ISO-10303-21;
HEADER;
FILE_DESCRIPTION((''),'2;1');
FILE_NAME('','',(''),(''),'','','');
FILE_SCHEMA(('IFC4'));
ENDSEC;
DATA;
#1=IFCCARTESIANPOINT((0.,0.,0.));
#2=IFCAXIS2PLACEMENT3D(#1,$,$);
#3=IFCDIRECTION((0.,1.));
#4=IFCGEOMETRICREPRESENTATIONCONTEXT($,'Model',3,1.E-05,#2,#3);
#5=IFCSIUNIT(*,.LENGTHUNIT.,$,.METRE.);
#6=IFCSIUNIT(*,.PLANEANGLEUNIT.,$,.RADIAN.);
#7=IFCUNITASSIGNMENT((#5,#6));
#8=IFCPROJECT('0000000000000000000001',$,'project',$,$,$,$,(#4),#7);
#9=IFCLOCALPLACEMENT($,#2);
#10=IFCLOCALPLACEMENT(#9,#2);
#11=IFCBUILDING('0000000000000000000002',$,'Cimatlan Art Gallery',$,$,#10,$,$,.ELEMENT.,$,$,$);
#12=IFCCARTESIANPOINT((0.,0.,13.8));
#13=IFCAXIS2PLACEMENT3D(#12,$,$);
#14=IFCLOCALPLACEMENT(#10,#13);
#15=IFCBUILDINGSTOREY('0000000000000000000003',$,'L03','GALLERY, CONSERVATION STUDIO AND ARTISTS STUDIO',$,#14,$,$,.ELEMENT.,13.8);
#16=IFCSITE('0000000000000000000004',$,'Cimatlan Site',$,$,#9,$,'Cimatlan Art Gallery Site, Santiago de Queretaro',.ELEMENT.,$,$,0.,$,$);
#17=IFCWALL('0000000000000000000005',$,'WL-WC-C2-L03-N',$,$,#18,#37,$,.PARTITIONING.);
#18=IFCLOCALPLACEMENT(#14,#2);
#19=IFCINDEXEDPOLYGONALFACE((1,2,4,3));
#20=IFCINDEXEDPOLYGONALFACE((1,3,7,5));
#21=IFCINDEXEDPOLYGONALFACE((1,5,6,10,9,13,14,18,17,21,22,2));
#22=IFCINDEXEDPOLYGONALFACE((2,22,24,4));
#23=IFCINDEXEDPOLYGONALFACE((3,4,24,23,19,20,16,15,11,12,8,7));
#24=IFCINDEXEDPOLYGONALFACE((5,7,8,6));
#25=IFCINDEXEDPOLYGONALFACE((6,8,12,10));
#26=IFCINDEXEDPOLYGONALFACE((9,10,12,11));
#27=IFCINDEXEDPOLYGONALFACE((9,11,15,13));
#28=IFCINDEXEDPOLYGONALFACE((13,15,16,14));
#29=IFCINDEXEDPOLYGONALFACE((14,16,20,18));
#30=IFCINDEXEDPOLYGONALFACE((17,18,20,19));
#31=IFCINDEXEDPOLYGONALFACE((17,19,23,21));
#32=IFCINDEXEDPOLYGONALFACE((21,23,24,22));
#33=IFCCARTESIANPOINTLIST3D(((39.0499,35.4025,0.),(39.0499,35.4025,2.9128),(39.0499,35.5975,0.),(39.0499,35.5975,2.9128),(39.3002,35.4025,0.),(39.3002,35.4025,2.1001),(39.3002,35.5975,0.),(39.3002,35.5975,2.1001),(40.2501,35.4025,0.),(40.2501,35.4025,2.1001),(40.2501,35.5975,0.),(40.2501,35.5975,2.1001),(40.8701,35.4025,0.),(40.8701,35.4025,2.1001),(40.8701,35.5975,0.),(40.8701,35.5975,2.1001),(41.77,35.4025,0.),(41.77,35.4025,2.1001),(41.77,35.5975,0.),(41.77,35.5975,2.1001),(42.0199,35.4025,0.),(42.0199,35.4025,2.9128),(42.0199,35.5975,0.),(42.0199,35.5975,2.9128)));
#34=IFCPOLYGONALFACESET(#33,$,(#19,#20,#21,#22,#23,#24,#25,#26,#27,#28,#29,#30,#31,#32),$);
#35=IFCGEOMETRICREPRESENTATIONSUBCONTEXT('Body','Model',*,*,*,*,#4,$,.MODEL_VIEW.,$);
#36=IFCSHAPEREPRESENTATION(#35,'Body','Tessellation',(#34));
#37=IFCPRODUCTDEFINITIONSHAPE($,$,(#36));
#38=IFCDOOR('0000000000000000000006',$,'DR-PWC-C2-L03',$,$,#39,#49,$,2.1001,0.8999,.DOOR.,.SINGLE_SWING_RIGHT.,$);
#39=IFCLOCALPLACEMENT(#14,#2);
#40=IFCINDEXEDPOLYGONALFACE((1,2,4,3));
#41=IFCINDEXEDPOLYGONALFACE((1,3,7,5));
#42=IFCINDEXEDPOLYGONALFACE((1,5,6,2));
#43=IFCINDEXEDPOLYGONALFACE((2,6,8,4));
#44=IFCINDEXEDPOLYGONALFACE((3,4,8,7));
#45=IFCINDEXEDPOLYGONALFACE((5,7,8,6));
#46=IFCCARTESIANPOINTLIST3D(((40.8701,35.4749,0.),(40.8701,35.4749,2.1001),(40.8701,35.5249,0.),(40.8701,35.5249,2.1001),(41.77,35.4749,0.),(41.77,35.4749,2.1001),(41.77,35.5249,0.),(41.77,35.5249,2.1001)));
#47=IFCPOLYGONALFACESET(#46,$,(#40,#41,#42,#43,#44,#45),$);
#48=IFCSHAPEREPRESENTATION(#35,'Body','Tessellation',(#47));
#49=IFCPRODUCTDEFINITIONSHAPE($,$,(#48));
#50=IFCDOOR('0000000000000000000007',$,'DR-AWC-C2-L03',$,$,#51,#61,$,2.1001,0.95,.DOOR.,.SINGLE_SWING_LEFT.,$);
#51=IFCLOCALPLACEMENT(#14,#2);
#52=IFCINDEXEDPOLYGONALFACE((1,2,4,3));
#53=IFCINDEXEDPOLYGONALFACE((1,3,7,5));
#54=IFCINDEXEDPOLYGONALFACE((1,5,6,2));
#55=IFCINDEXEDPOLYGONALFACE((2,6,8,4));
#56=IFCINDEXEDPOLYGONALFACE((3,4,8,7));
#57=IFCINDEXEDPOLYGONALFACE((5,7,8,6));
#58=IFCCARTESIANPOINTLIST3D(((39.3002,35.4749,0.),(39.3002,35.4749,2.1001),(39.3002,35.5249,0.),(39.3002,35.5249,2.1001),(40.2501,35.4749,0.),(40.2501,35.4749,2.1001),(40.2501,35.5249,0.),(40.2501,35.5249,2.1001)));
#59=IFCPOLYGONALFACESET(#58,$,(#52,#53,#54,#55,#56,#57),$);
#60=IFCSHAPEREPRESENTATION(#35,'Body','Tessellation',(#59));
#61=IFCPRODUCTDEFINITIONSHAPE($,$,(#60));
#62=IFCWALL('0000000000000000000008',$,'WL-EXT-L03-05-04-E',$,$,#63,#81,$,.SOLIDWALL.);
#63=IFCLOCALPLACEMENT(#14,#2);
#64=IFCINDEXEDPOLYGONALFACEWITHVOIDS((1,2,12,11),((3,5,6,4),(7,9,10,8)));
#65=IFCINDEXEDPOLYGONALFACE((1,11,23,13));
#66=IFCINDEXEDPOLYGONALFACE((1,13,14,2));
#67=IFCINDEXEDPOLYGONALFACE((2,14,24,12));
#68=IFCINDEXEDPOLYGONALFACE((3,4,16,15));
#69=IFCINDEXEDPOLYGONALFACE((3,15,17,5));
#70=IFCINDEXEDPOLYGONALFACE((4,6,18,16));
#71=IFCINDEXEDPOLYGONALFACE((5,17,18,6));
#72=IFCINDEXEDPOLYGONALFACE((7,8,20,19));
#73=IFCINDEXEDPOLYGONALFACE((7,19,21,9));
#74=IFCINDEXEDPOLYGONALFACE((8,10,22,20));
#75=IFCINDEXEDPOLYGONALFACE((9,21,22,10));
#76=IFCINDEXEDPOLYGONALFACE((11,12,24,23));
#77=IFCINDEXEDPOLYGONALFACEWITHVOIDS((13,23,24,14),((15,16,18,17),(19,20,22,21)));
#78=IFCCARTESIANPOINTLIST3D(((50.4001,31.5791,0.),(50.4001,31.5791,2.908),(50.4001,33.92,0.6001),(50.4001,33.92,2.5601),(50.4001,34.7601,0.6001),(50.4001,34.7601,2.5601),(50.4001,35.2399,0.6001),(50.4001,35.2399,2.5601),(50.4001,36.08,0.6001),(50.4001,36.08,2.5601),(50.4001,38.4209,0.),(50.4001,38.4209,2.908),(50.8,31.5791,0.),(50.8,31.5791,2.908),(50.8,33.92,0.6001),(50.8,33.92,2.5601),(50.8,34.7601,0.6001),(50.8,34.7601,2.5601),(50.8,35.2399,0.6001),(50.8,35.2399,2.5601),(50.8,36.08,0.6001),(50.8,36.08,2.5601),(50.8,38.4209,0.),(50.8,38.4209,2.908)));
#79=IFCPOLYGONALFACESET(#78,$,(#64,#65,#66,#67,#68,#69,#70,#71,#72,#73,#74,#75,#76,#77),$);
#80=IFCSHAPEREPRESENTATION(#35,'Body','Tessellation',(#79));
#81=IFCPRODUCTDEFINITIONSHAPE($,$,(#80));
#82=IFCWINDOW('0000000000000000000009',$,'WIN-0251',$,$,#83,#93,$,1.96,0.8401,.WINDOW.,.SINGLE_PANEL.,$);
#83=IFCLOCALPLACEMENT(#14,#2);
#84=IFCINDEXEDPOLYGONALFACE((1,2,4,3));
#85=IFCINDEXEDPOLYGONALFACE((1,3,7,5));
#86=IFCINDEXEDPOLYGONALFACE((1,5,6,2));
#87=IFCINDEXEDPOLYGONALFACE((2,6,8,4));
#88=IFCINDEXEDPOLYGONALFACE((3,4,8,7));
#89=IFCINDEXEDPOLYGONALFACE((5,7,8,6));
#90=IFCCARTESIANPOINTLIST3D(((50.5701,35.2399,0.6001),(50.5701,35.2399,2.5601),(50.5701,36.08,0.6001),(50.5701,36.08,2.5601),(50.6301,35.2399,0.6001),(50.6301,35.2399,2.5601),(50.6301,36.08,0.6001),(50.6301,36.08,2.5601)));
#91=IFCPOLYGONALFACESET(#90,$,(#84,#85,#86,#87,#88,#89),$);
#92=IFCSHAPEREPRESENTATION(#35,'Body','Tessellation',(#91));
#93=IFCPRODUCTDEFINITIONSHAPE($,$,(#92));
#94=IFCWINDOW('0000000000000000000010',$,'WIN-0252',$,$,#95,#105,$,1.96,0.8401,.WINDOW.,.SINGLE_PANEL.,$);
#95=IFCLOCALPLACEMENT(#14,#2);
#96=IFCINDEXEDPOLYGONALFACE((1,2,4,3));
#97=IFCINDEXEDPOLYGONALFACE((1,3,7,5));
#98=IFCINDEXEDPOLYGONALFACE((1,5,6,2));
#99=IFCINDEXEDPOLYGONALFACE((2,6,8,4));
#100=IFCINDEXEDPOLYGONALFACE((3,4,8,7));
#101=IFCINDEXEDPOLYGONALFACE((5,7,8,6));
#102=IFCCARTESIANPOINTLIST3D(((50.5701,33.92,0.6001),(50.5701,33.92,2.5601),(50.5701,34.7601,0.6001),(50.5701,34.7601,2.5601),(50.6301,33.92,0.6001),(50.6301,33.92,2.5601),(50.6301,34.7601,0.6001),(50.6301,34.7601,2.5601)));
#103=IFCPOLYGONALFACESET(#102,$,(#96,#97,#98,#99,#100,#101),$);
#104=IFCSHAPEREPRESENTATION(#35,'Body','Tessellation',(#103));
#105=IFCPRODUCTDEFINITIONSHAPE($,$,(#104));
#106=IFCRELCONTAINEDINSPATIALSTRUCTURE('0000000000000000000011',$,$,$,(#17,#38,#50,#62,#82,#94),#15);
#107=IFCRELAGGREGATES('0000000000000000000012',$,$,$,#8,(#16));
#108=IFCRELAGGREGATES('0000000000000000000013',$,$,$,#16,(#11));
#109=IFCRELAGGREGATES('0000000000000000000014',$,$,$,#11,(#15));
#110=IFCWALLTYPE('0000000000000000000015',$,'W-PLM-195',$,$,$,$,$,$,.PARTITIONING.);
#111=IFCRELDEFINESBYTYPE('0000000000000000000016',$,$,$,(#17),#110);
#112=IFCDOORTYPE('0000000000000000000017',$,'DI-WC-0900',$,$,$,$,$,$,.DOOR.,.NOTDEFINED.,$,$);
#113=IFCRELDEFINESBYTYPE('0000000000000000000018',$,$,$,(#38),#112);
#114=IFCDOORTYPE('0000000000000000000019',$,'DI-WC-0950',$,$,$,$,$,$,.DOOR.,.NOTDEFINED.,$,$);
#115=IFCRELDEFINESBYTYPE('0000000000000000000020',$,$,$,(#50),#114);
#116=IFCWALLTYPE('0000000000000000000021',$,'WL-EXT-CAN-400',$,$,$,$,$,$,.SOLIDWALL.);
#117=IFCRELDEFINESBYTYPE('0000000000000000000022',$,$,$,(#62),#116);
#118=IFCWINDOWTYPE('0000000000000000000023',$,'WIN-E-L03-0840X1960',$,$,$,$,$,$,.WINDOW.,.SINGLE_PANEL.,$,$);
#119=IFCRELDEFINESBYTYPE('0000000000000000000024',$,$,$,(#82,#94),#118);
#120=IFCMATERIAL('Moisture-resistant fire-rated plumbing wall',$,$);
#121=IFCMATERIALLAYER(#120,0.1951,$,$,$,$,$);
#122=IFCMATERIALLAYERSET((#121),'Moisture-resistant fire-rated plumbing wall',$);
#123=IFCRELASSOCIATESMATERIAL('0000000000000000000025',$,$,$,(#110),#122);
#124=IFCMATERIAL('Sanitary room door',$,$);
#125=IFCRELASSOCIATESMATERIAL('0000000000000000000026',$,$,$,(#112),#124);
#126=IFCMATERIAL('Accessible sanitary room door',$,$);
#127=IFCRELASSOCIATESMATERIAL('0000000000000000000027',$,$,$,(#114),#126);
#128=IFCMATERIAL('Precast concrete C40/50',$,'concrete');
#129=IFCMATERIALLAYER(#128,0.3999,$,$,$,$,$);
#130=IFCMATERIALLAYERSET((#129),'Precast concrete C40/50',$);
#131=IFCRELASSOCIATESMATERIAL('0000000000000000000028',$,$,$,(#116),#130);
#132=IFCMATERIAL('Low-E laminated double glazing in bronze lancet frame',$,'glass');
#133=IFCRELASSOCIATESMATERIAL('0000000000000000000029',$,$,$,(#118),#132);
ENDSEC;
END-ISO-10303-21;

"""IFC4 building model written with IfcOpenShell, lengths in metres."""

from ifc_helpers import new_model, si_unit, direction, frame, frame_2d, origin, place, context, subcontext, project, spatial, rectangle, extrude, material, layer, layer_set, type_object, element, fill, save


model = new_model("IFC4")

# Units and contexts
model_context = context("Model", 3, precision=1e-05, world=origin(), true_north=direction((0.0, 1.0)))
body_context = subcontext(model_context, "Body", "Model", "MODEL_VIEW")
ifc_project = project(units=[si_unit("LENGTHUNIT", "METRE"), si_unit("PLANEANGLEUNIT", "RADIAN")], contexts=[model_context])

# Site, building, storey
site_placement = place(None, origin())
site = spatial("IfcSite", under=ifc_project, at=site_placement, Name="Cimatlan Site", LongName="Cimatlan Art Gallery Site, Santiago de Queretaro", CompositionType="ELEMENT", RefElevation=0.0)
building_placement = place(site_placement, origin())
building = spatial("IfcBuilding", under=site, at=building_placement, Name="Cimatlan Art Gallery", CompositionType="ELEMENT")
storey_placement = place(building_placement, frame((0.0, 0.0, 13.8)))
storey = spatial("IfcBuildingStorey", under=building, at=storey_placement, Name="L03", Description="GALLERY, CONSERVATION STUDIO AND ARTISTS STUDIO", CompositionType="ELEMENT", Elevation=13.8)

# Shared definitions
ifc_material_1 = material(Name="Precast concrete C40/50", Category="concrete")

# Shared definitions
ifc_material_2 = material(Name="Moisture-resistant fire-rated plumbing wall")
ifc_layer_1 = layer(ifc_material_2, 0.1951)
ifc_layer_set_1 = layer_set([ifc_layer_1], Name="Moisture-resistant fire-rated plumbing wall")
wall_type_1 = type_object("IfcWallType", Name="W-PLM-195", PredefinedType="PARTITIONING", material=ifc_layer_set_1)

# Wall, openings, doors
wall_1_placement = place(storey_placement, frame((39.05, 35.5, 0.0), z_axis=(0.0, 0.0, 1.0), x_axis=(1.0, 0.0, 0.0)))
wall_1 = element("IfcWall", 1, at=wall_1_placement, inside=storey, type_object=wall_type_1, Name="WL-WC-C2-L03-N", PredefinedType="PARTITIONING", context=body_context, shape_type="SweptSolid", body=[
    extrude(rectangle(XDim=2.97, YDim=0.1951, at=frame_2d((1.4849, 0.0))), origin(), (0.0, 0.0, 1.0), 2.9128),
])
opening_1_placement = place(wall_1_placement, frame((0.25, 0.0, 0.0)))
opening_1 = element("IfcOpeningElement", 2, at=opening_1_placement, cuts=wall_1, PredefinedType="OPENING", context=body_context, shape_type="SweptSolid", body=[
    extrude(rectangle(XDim=0.95, YDim=2.1001, at=frame_2d((0.4751, 1.05))), frame((0.0, 0.1074, 0.0), z_axis=(0.0, -1.0, 0.0), x_axis=(1.0, 0.0, 0.0)), (0.0, 0.0, 1.0), 0.2151),
])
opening_2_placement = place(wall_1_placement, frame((1.8201, 0.0, 0.0)))
opening_2 = element("IfcOpeningElement", 3, at=opening_2_placement, cuts=wall_1, PredefinedType="OPENING", context=body_context, shape_type="SweptSolid", body=[
    extrude(rectangle(XDim=0.8999, YDim=2.1001, at=frame_2d((0.45, 1.05))), frame((0.0, 0.1074, 0.0), z_axis=(0.0, -1.0, 0.0), x_axis=(1.0, 0.0, 0.0)), (0.0, 0.0, 1.0), 0.2151),
])
ifc_material_3 = material(Name="Sanitary room door")
door_type_1 = type_object("IfcDoorType", Name="DI-WC-0900", OperationType="NOTDEFINED", PredefinedType="DOOR", material=ifc_material_3)
door_1_placement = place(opening_2_placement, origin())
door_1 = element("IfcDoor", 4, at=door_1_placement, inside=storey, type_object=door_type_1, Name="DR-PWC-C2-L03", OperationType="SINGLE_SWING_RIGHT", OverallHeight=2.1001, OverallWidth=0.8999, PredefinedType="DOOR", context=body_context, shape_type="SweptSolid", body=[
    extrude(rectangle(XDim=0.8999, YDim=2.1001, at=frame_2d((0.45, 1.05))), frame((0.0, 0.0249, 0.0), z_axis=(0.0, -1.0, 0.0), x_axis=(1.0, 0.0, 0.0)), (0.0, 0.0, 1.0), 0.05),
])
fill(opening_2, door_1)
ifc_material_4 = material(Name="Accessible sanitary room door")
door_type_2 = type_object("IfcDoorType", Name="DI-WC-0950", OperationType="NOTDEFINED", PredefinedType="DOOR", material=ifc_material_4)
door_2_placement = place(opening_1_placement, origin())
door_2 = element("IfcDoor", 5, at=door_2_placement, inside=storey, type_object=door_type_2, Name="DR-AWC-C2-L03", OperationType="SINGLE_SWING_LEFT", OverallHeight=2.1001, OverallWidth=0.95, PredefinedType="DOOR", context=body_context, shape_type="SweptSolid", body=[
    extrude(rectangle(XDim=0.95, YDim=2.1001, at=frame_2d((0.4751, 1.05))), frame((0.0, 0.0249, 0.0), z_axis=(0.0, -1.0, 0.0), x_axis=(1.0, 0.0, 0.0)), (0.0, 0.0, 1.0), 0.05),
])
fill(opening_1, door_2)

# Wall, openings, windows
ifc_layer_2 = layer(ifc_material_1, 0.3999)
ifc_layer_set_2 = layer_set([ifc_layer_2], Name="Precast concrete C40/50")
wall_type_2 = type_object("IfcWallType", Name="WL-EXT-CAN-400", PredefinedType="SOLIDWALL", material=ifc_layer_set_2)
wall_2_placement = place(storey_placement, frame((50.6001, 38.4209, 0.0), z_axis=(0.0, 0.0, 1.0), x_axis=(0.0, -1.0, 0.0)))
wall_2 = element("IfcWall", 6, at=wall_2_placement, inside=storey, type_object=wall_type_2, Name="WL-EXT-L03-05-04-E", PredefinedType="SOLIDWALL", context=body_context, shape_type="SweptSolid", body=[
    extrude(rectangle(XDim=6.8418, YDim=0.3999, at=frame_2d((3.4209, 0.0))), origin(), (0.0, 0.0, 1.0), 2.908),
])
opening_3_placement = place(wall_2_placement, frame((2.3411, 0.0, 0.6001)))
opening_3 = element("IfcOpeningElement", 7, at=opening_3_placement, cuts=wall_2, PredefinedType="OPENING", context=body_context, shape_type="SweptSolid", body=[
    extrude(rectangle(XDim=0.8401, YDim=1.96, at=frame_2d((0.4199, 0.98))), frame((0.0, 0.21, 0.0), z_axis=(0.0, -1.0, 0.0), x_axis=(1.0, 0.0, 0.0)), (0.0, 0.0, 1.0), 0.4199),
])
opening_4_placement = place(wall_2_placement, frame((3.6609, 0.0, 0.6001)))
opening_4 = element("IfcOpeningElement", 8, at=opening_4_placement, cuts=wall_2, PredefinedType="OPENING", context=body_context, shape_type="SweptSolid", body=[
    extrude(rectangle(XDim=0.8401, YDim=1.96, at=frame_2d((0.4199, 0.98))), frame((0.0, 0.21, 0.0), z_axis=(0.0, -1.0, 0.0), x_axis=(1.0, 0.0, 0.0)), (0.0, 0.0, 1.0), 0.4199),
])
ifc_material_5 = material(Name="Low-E laminated double glazing in bronze lancet frame", Category="glass")
window_type = type_object("IfcWindowType", Name="WIN-E-L03-0840X1960", PartitioningType="SINGLE_PANEL", PredefinedType="WINDOW", material=ifc_material_5)
window_1_placement = place(opening_3_placement, origin())
window_1 = element("IfcWindow", 9, at=window_1_placement, inside=storey, type_object=window_type, Name="WIN-0251", OverallHeight=1.96, OverallWidth=0.8401, PartitioningType="SINGLE_PANEL", PredefinedType="WINDOW", context=body_context, shape_type="SweptSolid", body=[
    extrude(rectangle(XDim=0.8401, YDim=1.96, at=frame_2d((0.4199, 0.98))), frame((0.0, 0.03, 0.0), z_axis=(0.0, -1.0, 0.0), x_axis=(1.0, 0.0, 0.0)), (0.0, 0.0, 1.0), 0.0601),
])
fill(opening_3, window_1)
window_2_placement = place(opening_4_placement, origin())
window_2 = element("IfcWindow", 10, at=window_2_placement, inside=storey, type_object=window_type, Name="WIN-0252", OverallHeight=1.96, OverallWidth=0.8401, PartitioningType="SINGLE_PANEL", PredefinedType="WINDOW", context=body_context, shape_type="SweptSolid", body=[
    extrude(rectangle(XDim=0.8401, YDim=1.96, at=frame_2d((0.4199, 0.98))), frame((0.0, 0.03, 0.0), z_axis=(0.0, -1.0, 0.0), x_axis=(1.0, 0.0, 0.0)), (0.0, 0.0, 1.0), 0.0601),
])
fill(opening_4, window_2)

save(model, "model.ifc")
